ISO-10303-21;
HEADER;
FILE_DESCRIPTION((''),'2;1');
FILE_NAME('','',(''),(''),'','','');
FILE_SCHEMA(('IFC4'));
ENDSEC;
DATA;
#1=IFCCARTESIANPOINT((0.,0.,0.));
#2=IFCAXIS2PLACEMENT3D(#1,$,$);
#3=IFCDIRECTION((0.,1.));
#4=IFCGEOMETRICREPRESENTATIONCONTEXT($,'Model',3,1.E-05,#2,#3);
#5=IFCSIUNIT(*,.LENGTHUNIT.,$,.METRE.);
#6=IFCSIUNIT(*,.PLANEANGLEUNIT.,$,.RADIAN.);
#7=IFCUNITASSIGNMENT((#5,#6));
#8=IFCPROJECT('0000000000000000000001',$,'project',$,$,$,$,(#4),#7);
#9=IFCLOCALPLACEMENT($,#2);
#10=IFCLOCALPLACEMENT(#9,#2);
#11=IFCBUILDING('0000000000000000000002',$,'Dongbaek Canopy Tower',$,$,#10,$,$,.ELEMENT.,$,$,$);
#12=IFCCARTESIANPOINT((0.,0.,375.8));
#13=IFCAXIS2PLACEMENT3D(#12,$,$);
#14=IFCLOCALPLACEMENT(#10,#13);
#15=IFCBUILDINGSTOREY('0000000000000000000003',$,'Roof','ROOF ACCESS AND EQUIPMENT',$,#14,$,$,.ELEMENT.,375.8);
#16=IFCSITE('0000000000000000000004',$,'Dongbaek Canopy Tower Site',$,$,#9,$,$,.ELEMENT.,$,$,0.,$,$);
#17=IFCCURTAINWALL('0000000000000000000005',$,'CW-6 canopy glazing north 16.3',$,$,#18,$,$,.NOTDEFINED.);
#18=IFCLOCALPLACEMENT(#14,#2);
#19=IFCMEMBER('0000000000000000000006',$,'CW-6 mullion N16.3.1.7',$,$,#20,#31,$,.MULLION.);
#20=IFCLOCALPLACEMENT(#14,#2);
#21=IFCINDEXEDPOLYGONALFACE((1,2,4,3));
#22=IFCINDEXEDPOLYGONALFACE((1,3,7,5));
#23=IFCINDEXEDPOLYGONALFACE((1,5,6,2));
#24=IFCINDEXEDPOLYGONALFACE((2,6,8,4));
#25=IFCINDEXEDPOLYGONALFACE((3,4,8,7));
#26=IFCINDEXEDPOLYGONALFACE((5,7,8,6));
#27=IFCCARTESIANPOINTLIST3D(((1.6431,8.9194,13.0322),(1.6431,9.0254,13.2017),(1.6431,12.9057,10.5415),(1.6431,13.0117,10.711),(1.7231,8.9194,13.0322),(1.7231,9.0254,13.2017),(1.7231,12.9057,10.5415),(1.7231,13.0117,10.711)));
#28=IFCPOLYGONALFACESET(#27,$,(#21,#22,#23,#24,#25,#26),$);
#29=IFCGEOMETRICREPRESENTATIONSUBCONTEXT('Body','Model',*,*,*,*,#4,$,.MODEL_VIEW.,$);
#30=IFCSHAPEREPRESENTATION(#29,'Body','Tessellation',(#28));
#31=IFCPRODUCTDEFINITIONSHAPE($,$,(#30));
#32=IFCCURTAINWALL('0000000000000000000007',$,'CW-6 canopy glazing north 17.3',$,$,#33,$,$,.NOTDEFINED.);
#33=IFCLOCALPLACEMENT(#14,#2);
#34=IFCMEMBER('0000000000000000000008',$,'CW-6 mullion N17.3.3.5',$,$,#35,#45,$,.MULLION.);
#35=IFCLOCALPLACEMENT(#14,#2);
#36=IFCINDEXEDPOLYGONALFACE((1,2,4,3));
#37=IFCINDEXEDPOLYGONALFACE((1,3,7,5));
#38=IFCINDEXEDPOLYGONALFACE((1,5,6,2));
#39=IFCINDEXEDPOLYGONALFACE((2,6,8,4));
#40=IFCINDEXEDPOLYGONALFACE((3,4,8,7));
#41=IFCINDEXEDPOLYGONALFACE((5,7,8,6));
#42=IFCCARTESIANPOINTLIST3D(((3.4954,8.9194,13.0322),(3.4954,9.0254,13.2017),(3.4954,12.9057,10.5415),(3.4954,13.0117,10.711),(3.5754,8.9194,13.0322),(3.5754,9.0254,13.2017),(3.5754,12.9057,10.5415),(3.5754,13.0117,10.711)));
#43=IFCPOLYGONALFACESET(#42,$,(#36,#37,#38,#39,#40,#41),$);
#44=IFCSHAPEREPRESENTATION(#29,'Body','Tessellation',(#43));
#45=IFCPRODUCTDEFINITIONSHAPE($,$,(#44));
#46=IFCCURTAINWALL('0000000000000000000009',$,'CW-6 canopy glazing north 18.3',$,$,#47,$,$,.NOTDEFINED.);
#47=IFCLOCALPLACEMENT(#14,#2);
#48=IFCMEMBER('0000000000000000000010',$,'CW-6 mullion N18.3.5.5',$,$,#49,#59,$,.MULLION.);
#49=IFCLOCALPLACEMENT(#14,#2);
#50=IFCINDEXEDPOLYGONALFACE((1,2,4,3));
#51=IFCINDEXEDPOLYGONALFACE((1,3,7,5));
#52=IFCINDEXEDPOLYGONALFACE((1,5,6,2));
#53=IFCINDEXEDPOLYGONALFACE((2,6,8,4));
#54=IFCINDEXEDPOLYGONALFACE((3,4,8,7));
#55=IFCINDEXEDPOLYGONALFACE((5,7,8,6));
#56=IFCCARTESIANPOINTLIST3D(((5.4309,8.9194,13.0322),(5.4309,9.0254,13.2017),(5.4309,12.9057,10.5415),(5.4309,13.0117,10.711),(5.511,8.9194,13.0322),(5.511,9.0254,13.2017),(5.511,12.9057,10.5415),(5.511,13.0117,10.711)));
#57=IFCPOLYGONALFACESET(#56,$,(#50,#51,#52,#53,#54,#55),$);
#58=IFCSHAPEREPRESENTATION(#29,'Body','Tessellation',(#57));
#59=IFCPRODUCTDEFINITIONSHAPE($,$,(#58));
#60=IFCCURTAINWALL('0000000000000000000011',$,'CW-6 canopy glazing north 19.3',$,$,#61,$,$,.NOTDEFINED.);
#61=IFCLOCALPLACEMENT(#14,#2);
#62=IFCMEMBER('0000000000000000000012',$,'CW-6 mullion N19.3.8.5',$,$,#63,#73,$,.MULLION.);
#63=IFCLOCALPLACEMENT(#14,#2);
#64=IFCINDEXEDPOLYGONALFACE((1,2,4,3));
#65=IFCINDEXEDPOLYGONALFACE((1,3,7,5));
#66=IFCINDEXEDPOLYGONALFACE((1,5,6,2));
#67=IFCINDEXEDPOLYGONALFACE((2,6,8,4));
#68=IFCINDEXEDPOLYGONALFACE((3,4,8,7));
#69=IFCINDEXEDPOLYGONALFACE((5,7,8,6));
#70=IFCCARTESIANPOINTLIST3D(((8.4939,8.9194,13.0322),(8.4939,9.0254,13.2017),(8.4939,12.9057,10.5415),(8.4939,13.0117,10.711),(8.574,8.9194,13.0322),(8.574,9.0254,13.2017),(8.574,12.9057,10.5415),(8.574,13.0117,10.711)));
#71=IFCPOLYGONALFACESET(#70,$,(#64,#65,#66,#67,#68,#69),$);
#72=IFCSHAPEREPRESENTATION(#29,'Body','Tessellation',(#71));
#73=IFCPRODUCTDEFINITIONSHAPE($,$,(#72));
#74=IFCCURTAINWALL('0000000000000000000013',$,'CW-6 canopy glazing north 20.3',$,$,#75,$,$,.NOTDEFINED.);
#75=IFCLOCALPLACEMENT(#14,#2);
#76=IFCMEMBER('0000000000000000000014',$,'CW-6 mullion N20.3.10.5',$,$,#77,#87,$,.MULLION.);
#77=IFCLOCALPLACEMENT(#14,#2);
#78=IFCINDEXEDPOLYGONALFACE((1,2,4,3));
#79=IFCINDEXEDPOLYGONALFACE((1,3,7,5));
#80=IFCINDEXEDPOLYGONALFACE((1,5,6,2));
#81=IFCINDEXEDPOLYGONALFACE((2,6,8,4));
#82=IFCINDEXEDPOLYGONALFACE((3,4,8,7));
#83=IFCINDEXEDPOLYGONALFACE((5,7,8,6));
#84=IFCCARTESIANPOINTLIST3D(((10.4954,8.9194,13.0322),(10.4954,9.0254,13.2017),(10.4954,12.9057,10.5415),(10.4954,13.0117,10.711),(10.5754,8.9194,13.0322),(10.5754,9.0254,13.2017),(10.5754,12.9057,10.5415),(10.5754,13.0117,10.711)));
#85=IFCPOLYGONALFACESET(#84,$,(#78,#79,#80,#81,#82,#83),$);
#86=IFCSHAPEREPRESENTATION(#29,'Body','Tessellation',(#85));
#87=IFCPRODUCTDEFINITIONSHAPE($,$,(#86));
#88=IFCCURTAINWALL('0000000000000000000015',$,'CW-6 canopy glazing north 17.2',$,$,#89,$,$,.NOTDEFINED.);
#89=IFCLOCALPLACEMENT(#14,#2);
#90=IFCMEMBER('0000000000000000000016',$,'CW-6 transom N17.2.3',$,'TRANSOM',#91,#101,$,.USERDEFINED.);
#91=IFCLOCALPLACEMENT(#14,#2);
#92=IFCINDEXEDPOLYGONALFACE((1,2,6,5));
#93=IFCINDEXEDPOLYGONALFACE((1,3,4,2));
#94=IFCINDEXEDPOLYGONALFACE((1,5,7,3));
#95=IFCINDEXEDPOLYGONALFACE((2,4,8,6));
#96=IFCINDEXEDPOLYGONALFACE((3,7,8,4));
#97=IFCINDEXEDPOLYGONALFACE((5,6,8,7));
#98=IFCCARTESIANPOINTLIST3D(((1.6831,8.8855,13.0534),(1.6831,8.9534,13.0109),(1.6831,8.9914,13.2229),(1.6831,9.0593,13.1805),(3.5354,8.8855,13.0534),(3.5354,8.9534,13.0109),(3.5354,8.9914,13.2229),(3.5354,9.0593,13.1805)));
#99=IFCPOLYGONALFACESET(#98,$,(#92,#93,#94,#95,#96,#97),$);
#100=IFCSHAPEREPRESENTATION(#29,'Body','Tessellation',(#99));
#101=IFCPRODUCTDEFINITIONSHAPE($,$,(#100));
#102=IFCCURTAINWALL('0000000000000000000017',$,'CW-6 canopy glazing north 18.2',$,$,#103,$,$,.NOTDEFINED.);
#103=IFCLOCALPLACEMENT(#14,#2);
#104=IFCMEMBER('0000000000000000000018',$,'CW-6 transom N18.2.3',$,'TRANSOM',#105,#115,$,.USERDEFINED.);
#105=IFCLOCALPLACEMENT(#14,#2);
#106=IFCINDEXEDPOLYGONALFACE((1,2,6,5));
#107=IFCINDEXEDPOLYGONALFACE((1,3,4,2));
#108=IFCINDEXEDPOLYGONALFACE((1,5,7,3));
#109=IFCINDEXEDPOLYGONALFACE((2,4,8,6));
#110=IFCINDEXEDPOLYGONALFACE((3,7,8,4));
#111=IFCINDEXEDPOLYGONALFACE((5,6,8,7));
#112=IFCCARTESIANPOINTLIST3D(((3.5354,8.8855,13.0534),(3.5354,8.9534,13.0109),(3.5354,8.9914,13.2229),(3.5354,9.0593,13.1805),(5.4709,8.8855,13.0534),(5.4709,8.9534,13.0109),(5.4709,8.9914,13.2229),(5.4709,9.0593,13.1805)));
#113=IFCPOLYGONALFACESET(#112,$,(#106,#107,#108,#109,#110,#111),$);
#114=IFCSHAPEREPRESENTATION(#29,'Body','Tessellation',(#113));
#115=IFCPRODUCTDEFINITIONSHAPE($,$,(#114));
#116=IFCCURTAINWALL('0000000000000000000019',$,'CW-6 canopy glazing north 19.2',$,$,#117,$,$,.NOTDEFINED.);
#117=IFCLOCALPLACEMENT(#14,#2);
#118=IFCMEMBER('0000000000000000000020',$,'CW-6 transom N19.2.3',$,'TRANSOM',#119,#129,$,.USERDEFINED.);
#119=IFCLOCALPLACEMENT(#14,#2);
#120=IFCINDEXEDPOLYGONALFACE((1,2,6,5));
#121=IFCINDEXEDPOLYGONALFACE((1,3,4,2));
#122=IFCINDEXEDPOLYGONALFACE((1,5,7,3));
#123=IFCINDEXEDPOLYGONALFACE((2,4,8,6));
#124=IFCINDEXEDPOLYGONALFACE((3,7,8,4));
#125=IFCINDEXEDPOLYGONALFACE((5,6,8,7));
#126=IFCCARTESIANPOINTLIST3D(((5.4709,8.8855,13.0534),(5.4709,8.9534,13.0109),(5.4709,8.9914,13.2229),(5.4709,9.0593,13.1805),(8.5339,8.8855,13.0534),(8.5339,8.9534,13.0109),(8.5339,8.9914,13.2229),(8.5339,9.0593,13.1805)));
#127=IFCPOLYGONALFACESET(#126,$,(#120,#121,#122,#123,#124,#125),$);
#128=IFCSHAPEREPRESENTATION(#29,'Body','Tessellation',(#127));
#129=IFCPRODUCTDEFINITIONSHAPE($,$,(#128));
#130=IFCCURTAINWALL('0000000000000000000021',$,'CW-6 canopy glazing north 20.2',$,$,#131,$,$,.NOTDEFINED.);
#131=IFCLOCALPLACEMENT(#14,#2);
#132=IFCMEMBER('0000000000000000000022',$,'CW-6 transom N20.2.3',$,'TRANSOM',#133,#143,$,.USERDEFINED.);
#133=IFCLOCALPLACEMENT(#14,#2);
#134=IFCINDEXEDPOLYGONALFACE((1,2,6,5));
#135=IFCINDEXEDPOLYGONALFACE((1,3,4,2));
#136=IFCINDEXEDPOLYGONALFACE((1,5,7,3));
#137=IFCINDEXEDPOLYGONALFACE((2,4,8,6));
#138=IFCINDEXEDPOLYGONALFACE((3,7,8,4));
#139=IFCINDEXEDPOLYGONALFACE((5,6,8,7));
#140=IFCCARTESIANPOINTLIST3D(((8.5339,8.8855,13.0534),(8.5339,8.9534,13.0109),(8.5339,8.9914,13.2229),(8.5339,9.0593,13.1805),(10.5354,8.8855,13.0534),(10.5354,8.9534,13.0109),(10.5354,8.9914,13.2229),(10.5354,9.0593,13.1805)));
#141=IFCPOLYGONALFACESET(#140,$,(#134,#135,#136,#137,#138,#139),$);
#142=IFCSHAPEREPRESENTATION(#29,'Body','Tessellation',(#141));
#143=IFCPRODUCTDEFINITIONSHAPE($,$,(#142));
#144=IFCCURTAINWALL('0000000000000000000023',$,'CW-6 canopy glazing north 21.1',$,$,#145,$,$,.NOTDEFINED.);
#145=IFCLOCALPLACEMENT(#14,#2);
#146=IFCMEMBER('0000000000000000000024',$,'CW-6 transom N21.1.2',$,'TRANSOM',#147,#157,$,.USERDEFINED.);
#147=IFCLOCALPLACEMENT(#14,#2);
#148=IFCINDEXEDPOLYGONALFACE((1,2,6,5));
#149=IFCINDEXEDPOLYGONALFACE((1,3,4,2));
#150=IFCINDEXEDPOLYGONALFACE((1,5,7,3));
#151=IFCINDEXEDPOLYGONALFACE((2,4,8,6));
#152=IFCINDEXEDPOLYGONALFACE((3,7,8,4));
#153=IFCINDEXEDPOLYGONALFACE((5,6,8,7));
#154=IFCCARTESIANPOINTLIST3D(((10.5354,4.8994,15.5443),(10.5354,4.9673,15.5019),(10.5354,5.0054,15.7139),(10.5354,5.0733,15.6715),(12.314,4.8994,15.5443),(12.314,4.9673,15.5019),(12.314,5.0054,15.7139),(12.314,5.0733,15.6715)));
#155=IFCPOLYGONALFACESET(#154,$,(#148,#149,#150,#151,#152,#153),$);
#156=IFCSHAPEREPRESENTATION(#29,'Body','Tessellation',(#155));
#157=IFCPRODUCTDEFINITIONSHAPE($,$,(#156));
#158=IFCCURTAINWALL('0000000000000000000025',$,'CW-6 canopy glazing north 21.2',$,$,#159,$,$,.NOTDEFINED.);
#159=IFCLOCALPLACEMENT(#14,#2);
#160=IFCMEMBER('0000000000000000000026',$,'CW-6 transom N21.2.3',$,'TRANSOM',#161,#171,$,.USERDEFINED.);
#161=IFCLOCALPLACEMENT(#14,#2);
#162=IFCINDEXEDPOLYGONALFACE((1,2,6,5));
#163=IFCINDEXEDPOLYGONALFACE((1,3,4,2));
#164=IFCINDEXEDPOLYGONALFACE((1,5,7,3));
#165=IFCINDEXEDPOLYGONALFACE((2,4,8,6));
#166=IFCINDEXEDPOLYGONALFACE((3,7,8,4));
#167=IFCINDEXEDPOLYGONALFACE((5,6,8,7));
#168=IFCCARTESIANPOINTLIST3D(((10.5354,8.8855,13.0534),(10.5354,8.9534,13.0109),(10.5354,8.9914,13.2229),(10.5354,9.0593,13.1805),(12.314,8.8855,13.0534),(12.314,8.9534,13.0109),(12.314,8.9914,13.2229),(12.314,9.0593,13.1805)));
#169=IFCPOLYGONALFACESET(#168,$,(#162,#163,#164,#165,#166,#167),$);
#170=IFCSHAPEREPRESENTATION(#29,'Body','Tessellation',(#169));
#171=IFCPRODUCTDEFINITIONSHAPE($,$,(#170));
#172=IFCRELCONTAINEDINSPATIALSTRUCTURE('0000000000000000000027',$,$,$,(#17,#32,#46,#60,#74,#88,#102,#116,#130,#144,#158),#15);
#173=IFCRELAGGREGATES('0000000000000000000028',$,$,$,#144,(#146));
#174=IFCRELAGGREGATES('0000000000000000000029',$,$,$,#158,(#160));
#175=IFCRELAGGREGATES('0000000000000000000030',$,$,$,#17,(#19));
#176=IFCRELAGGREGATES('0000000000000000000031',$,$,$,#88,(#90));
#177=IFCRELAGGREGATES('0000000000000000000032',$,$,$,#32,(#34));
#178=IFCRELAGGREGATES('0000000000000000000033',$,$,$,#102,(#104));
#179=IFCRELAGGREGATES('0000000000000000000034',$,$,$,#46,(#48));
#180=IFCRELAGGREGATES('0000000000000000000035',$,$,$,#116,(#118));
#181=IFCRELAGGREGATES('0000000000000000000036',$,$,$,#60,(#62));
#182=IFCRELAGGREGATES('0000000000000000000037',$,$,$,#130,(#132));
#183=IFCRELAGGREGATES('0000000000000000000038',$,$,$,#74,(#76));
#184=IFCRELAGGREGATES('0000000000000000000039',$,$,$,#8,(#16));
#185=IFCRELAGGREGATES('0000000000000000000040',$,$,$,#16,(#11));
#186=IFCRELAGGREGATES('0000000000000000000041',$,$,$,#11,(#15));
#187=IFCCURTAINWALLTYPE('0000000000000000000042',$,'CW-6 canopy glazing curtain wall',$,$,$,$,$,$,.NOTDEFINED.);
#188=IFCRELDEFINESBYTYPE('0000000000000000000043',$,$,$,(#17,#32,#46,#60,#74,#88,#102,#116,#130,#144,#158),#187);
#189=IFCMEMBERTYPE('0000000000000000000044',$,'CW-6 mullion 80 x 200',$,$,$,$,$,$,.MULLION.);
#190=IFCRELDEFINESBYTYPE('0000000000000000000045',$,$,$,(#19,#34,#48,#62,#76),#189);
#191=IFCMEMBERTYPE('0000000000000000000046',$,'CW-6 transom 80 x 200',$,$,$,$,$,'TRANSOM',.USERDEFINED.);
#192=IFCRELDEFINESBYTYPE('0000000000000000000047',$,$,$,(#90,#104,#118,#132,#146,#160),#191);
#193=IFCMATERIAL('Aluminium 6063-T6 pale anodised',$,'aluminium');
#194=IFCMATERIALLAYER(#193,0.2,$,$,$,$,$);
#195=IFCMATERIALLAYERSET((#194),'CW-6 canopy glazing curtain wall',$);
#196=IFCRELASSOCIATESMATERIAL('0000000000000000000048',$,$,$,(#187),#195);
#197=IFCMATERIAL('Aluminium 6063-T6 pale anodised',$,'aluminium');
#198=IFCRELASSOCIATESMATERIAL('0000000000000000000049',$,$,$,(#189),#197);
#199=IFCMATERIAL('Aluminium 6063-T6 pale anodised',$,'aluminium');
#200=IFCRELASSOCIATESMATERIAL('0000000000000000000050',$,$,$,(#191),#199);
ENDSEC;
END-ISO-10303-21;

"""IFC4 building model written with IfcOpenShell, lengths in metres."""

from ifc_helpers import new_model, si_unit, direction, frame, origin, origin_2d, place, context, subcontext, project, spatial, rectangle, extrude, material, layer, layer_set, material_profile, profile_set, type_object, element, aggregate, save


model = new_model("IFC4")

# Units and contexts
model_context = context("Model", 3, precision=1e-05, world=origin(), true_north=direction((0.0, 1.0)))
body_context = subcontext(model_context, "Body", "Model", "MODEL_VIEW")
ifc_project = project(units=[si_unit("LENGTHUNIT", "METRE"), si_unit("PLANEANGLEUNIT", "RADIAN")], contexts=[model_context])

# Site, building, storey
site_placement = place(None, origin())
site = spatial("IfcSite", under=ifc_project, at=site_placement, Name="Dongbaek Canopy Tower Site", CompositionType="ELEMENT", RefElevation=0.0)
building_placement = place(site_placement, origin())
building = spatial("IfcBuilding", under=site, at=building_placement, Name="Dongbaek Canopy Tower", CompositionType="ELEMENT")
storey_placement = place(building_placement, frame((0.0, 0.0, 375.8)))
storey = spatial("IfcBuildingStorey", under=building, at=storey_placement, Name="Roof", Description="ROOF ACCESS AND EQUIPMENT", CompositionType="ELEMENT", Elevation=375.8)

# Curtain walls, members
ifc_material_1 = material(Name="Aluminium 6063-T6 pale anodised", Category="aluminium")
ifc_layer_1 = layer(ifc_material_1, 0.2)
ifc_layer_set_1 = layer_set([ifc_layer_1], Name="CW-6 canopy glazing curtain wall")
curtain_wall_type = type_object("IfcCurtainWallType", Name="CW-6 canopy glazing curtain wall", PredefinedType="NOTDEFINED", material=ifc_layer_set_1)
curtain_wall_1_placement = place(storey_placement, origin())
curtain_wall_1 = element("IfcCurtainWall", 1, at=curtain_wall_1_placement, inside=storey, type_object=curtain_wall_type, Name="CW-6 canopy glazing north 16.3", PredefinedType="NOTDEFINED")
ifc_material_2 = material(Name="Aluminium 6063-T6 pale anodised", Category="aluminium")
ifc_material_profile_1 = material_profile(ifc_material_2, rectangle(XDim=0.0801, YDim=0.2, at=origin_2d()), Name="CW-6 mullion 80 x 200")
ifc_profile_set_1 = profile_set([ifc_material_profile_1], Name="Aluminium 6063-T6 pale anodised")
member_type_1 = type_object("IfcMemberType", Name="CW-6 mullion 80 x 200", PredefinedType="MULLION", material=ifc_profile_set_1)
member_1_placement = place(storey_placement, frame((1.6831, 8.9724, 13.1169), z_axis=(0.0, 0.848068, -0.529887), x_axis=(-1.0, 0.0, 0.0)))
member_1 = element("IfcMember", 2, at=member_1_placement, type_object=member_type_1, Name="CW-6 mullion N16.3.1.7", PredefinedType="MULLION", context=body_context, shape_type="SweptSolid", body=[
    extrude(rectangle(XDim=0.0801, YDim=0.2, at=origin_2d()), origin(), (0.0, 0.0, 1.0), 4.7004),
])
curtain_wall_2_placement = place(storey_placement, origin())
curtain_wall_2 = element("IfcCurtainWall", 3, at=curtain_wall_2_placement, inside=storey, type_object=curtain_wall_type, Name="CW-6 canopy glazing north 17.3", PredefinedType="NOTDEFINED")
member_2_placement = place(storey_placement, frame((3.5354, 8.9724, 13.1169), z_axis=(0.0, 0.848068, -0.529887), x_axis=(-1.0, 0.0, 0.0)))
member_2 = element("IfcMember", 4, at=member_2_placement, type_object=member_type_1, Name="CW-6 mullion N17.3.3.5", PredefinedType="MULLION", context=body_context, shape_type="SweptSolid", body=[
    extrude(rectangle(XDim=0.0801, YDim=0.2, at=origin_2d()), origin(), (0.0, 0.0, 1.0), 4.7004),
])
curtain_wall_3_placement = place(storey_placement, origin())
curtain_wall_3 = element("IfcCurtainWall", 5, at=curtain_wall_3_placement, inside=storey, type_object=curtain_wall_type, Name="CW-6 canopy glazing north 18.3", PredefinedType="NOTDEFINED")
member_3_placement = place(storey_placement, frame((5.4709, 8.9724, 13.1169), z_axis=(0.0, 0.848068, -0.529887), x_axis=(-1.0, 0.0, 0.0)))
member_3 = element("IfcMember", 6, at=member_3_placement, type_object=member_type_1, Name="CW-6 mullion N18.3.5.5", PredefinedType="MULLION", context=body_context, shape_type="SweptSolid", body=[
    extrude(rectangle(XDim=0.0801, YDim=0.2, at=origin_2d()), origin(), (0.0, 0.0, 1.0), 4.7004),
])
curtain_wall_4_placement = place(storey_placement, origin())
curtain_wall_4 = element("IfcCurtainWall", 7, at=curtain_wall_4_placement, inside=storey, type_object=curtain_wall_type, Name="CW-6 canopy glazing north 19.3", PredefinedType="NOTDEFINED")
member_4_placement = place(storey_placement, frame((8.5339, 8.9724, 13.1169), z_axis=(0.0, 0.848068, -0.529887), x_axis=(-1.0, 0.0, 0.0)))
member_4 = element("IfcMember", 8, at=member_4_placement, type_object=member_type_1, Name="CW-6 mullion N19.3.8.5", PredefinedType="MULLION", context=body_context, shape_type="SweptSolid", body=[
    extrude(rectangle(XDim=0.0801, YDim=0.2, at=origin_2d()), origin(), (0.0, 0.0, 1.0), 4.7004),
])
curtain_wall_5_placement = place(storey_placement, origin())
curtain_wall_5 = element("IfcCurtainWall", 9, at=curtain_wall_5_placement, inside=storey, type_object=curtain_wall_type, Name="CW-6 canopy glazing north 20.3", PredefinedType="NOTDEFINED")
member_5_placement = place(storey_placement, frame((10.5354, 8.9724, 13.1169), z_axis=(0.0, 0.848068, -0.529887), x_axis=(-1.0, 0.0, 0.0)))
member_5 = element("IfcMember", 10, at=member_5_placement, type_object=member_type_1, Name="CW-6 mullion N20.3.10.5", PredefinedType="MULLION", context=body_context, shape_type="SweptSolid", body=[
    extrude(rectangle(XDim=0.0801, YDim=0.2, at=origin_2d()), origin(), (0.0, 0.0, 1.0), 4.7004),
])
curtain_wall_6_placement = place(storey_placement, origin())
curtain_wall_6 = element("IfcCurtainWall", 11, at=curtain_wall_6_placement, inside=storey, type_object=curtain_wall_type, Name="CW-6 canopy glazing north 17.2", PredefinedType="NOTDEFINED")
ifc_material_3 = material(Name="Aluminium 6063-T6 pale anodised", Category="aluminium")
ifc_material_profile_2 = material_profile(ifc_material_3, rectangle(XDim=0.0801, YDim=0.2, at=origin_2d()), Name="CW-6 transom 80 x 200")
ifc_profile_set_2 = profile_set([ifc_material_profile_2], Name="Aluminium 6063-T6 pale anodised")
member_type_2 = type_object("IfcMemberType", Name="CW-6 transom 80 x 200", ElementType="TRANSOM", PredefinedType="USERDEFINED", material=ifc_profile_set_2)
member_6_placement = place(storey_placement, frame((1.6831, 8.9724, 13.1169), z_axis=(1.0, 0.0, 0.0), x_axis=(0.0, 0.848048, -0.529919)))
member_6 = element("IfcMember", 12, at=member_6_placement, type_object=member_type_2, Name="CW-6 transom N17.2.3", ObjectType="TRANSOM", PredefinedType="USERDEFINED", context=body_context, shape_type="SweptSolid", body=[
    extrude(rectangle(XDim=0.0801, YDim=0.2, at=origin_2d()), origin(), (0.0, 0.0, 1.0), 1.8523),
])
curtain_wall_7_placement = place(storey_placement, origin())
curtain_wall_7 = element("IfcCurtainWall", 13, at=curtain_wall_7_placement, inside=storey, type_object=curtain_wall_type, Name="CW-6 canopy glazing north 18.2", PredefinedType="NOTDEFINED")
member_7_placement = place(storey_placement, frame((3.5354, 8.9724, 13.1169), z_axis=(1.0, 0.0, 0.0), x_axis=(0.0, 0.848048, -0.529919)))
member_7 = element("IfcMember", 14, at=member_7_placement, type_object=member_type_2, Name="CW-6 transom N18.2.3", ObjectType="TRANSOM", PredefinedType="USERDEFINED", context=body_context, shape_type="SweptSolid", body=[
    extrude(rectangle(XDim=0.0801, YDim=0.2, at=origin_2d()), origin(), (0.0, 0.0, 1.0), 1.9355),
])
curtain_wall_8_placement = place(storey_placement, origin())
curtain_wall_8 = element("IfcCurtainWall", 15, at=curtain_wall_8_placement, inside=storey, type_object=curtain_wall_type, Name="CW-6 canopy glazing north 19.2", PredefinedType="NOTDEFINED")
member_8_placement = place(storey_placement, frame((5.4709, 8.9724, 13.1169), z_axis=(1.0, 0.0, 0.0), x_axis=(0.0, 0.848048, -0.529919)))
member_8 = element("IfcMember", 16, at=member_8_placement, type_object=member_type_2, Name="CW-6 transom N19.2.3", ObjectType="TRANSOM", PredefinedType="USERDEFINED", context=body_context, shape_type="SweptSolid", body=[
    extrude(rectangle(XDim=0.0801, YDim=0.2, at=origin_2d()), origin(), (0.0, 0.0, 1.0), 3.063),
])
curtain_wall_9_placement = place(storey_placement, origin())
curtain_wall_9 = element("IfcCurtainWall", 17, at=curtain_wall_9_placement, inside=storey, type_object=curtain_wall_type, Name="CW-6 canopy glazing north 20.2", PredefinedType="NOTDEFINED")
member_9_placement = place(storey_placement, frame((8.5339, 8.9724, 13.1169), z_axis=(1.0, 0.0, 0.0), x_axis=(0.0, 0.848048, -0.529919)))
member_9 = element("IfcMember", 18, at=member_9_placement, type_object=member_type_2, Name="CW-6 transom N20.2.3", ObjectType="TRANSOM", PredefinedType="USERDEFINED", context=body_context, shape_type="SweptSolid", body=[
    extrude(rectangle(XDim=0.0801, YDim=0.2, at=origin_2d()), origin(), (0.0, 0.0, 1.0), 2.0015),
])
curtain_wall_10_placement = place(storey_placement, origin())
curtain_wall_10 = element("IfcCurtainWall", 19, at=curtain_wall_10_placement, inside=storey, type_object=curtain_wall_type, Name="CW-6 canopy glazing north 21.1", PredefinedType="NOTDEFINED")
member_10_placement = place(storey_placement, frame((10.5354, 4.9863, 15.6079), z_axis=(1.0, 0.0, 0.0), x_axis=(0.0, 0.848048, -0.529919)))
member_10 = element("IfcMember", 20, at=member_10_placement, type_object=member_type_2, Name="CW-6 transom N21.1.2", ObjectType="TRANSOM", PredefinedType="USERDEFINED", context=body_context, shape_type="SweptSolid", body=[
    extrude(rectangle(XDim=0.0801, YDim=0.2, at=origin_2d()), origin(), (0.0, 0.0, 1.0), 1.7786),
])
aggregate(curtain_wall_10, [member_10])
curtain_wall_11_placement = place(storey_placement, origin())
curtain_wall_11 = element("IfcCurtainWall", 21, at=curtain_wall_11_placement, inside=storey, type_object=curtain_wall_type, Name="CW-6 canopy glazing north 21.2", PredefinedType="NOTDEFINED")
member_11_placement = place(storey_placement, frame((10.5354, 8.9724, 13.1169), z_axis=(1.0, 0.0, 0.0), x_axis=(0.0, 0.848048, -0.529919)))
member_11 = element("IfcMember", 22, at=member_11_placement, type_object=member_type_2, Name="CW-6 transom N21.2.3", ObjectType="TRANSOM", PredefinedType="USERDEFINED", context=body_context, shape_type="SweptSolid", body=[
    extrude(rectangle(XDim=0.0801, YDim=0.2, at=origin_2d()), origin(), (0.0, 0.0, 1.0), 1.7786),
])
aggregate(curtain_wall_11, [member_11])

aggregate(curtain_wall_1, [member_1])
aggregate(curtain_wall_6, [member_6])
aggregate(curtain_wall_2, [member_2])
aggregate(curtain_wall_7, [member_7])
aggregate(curtain_wall_3, [member_3])
aggregate(curtain_wall_8, [member_8])
aggregate(curtain_wall_4, [member_4])
aggregate(curtain_wall_9, [member_9])
aggregate(curtain_wall_5, [member_5])

save(model, "model.ifc")
